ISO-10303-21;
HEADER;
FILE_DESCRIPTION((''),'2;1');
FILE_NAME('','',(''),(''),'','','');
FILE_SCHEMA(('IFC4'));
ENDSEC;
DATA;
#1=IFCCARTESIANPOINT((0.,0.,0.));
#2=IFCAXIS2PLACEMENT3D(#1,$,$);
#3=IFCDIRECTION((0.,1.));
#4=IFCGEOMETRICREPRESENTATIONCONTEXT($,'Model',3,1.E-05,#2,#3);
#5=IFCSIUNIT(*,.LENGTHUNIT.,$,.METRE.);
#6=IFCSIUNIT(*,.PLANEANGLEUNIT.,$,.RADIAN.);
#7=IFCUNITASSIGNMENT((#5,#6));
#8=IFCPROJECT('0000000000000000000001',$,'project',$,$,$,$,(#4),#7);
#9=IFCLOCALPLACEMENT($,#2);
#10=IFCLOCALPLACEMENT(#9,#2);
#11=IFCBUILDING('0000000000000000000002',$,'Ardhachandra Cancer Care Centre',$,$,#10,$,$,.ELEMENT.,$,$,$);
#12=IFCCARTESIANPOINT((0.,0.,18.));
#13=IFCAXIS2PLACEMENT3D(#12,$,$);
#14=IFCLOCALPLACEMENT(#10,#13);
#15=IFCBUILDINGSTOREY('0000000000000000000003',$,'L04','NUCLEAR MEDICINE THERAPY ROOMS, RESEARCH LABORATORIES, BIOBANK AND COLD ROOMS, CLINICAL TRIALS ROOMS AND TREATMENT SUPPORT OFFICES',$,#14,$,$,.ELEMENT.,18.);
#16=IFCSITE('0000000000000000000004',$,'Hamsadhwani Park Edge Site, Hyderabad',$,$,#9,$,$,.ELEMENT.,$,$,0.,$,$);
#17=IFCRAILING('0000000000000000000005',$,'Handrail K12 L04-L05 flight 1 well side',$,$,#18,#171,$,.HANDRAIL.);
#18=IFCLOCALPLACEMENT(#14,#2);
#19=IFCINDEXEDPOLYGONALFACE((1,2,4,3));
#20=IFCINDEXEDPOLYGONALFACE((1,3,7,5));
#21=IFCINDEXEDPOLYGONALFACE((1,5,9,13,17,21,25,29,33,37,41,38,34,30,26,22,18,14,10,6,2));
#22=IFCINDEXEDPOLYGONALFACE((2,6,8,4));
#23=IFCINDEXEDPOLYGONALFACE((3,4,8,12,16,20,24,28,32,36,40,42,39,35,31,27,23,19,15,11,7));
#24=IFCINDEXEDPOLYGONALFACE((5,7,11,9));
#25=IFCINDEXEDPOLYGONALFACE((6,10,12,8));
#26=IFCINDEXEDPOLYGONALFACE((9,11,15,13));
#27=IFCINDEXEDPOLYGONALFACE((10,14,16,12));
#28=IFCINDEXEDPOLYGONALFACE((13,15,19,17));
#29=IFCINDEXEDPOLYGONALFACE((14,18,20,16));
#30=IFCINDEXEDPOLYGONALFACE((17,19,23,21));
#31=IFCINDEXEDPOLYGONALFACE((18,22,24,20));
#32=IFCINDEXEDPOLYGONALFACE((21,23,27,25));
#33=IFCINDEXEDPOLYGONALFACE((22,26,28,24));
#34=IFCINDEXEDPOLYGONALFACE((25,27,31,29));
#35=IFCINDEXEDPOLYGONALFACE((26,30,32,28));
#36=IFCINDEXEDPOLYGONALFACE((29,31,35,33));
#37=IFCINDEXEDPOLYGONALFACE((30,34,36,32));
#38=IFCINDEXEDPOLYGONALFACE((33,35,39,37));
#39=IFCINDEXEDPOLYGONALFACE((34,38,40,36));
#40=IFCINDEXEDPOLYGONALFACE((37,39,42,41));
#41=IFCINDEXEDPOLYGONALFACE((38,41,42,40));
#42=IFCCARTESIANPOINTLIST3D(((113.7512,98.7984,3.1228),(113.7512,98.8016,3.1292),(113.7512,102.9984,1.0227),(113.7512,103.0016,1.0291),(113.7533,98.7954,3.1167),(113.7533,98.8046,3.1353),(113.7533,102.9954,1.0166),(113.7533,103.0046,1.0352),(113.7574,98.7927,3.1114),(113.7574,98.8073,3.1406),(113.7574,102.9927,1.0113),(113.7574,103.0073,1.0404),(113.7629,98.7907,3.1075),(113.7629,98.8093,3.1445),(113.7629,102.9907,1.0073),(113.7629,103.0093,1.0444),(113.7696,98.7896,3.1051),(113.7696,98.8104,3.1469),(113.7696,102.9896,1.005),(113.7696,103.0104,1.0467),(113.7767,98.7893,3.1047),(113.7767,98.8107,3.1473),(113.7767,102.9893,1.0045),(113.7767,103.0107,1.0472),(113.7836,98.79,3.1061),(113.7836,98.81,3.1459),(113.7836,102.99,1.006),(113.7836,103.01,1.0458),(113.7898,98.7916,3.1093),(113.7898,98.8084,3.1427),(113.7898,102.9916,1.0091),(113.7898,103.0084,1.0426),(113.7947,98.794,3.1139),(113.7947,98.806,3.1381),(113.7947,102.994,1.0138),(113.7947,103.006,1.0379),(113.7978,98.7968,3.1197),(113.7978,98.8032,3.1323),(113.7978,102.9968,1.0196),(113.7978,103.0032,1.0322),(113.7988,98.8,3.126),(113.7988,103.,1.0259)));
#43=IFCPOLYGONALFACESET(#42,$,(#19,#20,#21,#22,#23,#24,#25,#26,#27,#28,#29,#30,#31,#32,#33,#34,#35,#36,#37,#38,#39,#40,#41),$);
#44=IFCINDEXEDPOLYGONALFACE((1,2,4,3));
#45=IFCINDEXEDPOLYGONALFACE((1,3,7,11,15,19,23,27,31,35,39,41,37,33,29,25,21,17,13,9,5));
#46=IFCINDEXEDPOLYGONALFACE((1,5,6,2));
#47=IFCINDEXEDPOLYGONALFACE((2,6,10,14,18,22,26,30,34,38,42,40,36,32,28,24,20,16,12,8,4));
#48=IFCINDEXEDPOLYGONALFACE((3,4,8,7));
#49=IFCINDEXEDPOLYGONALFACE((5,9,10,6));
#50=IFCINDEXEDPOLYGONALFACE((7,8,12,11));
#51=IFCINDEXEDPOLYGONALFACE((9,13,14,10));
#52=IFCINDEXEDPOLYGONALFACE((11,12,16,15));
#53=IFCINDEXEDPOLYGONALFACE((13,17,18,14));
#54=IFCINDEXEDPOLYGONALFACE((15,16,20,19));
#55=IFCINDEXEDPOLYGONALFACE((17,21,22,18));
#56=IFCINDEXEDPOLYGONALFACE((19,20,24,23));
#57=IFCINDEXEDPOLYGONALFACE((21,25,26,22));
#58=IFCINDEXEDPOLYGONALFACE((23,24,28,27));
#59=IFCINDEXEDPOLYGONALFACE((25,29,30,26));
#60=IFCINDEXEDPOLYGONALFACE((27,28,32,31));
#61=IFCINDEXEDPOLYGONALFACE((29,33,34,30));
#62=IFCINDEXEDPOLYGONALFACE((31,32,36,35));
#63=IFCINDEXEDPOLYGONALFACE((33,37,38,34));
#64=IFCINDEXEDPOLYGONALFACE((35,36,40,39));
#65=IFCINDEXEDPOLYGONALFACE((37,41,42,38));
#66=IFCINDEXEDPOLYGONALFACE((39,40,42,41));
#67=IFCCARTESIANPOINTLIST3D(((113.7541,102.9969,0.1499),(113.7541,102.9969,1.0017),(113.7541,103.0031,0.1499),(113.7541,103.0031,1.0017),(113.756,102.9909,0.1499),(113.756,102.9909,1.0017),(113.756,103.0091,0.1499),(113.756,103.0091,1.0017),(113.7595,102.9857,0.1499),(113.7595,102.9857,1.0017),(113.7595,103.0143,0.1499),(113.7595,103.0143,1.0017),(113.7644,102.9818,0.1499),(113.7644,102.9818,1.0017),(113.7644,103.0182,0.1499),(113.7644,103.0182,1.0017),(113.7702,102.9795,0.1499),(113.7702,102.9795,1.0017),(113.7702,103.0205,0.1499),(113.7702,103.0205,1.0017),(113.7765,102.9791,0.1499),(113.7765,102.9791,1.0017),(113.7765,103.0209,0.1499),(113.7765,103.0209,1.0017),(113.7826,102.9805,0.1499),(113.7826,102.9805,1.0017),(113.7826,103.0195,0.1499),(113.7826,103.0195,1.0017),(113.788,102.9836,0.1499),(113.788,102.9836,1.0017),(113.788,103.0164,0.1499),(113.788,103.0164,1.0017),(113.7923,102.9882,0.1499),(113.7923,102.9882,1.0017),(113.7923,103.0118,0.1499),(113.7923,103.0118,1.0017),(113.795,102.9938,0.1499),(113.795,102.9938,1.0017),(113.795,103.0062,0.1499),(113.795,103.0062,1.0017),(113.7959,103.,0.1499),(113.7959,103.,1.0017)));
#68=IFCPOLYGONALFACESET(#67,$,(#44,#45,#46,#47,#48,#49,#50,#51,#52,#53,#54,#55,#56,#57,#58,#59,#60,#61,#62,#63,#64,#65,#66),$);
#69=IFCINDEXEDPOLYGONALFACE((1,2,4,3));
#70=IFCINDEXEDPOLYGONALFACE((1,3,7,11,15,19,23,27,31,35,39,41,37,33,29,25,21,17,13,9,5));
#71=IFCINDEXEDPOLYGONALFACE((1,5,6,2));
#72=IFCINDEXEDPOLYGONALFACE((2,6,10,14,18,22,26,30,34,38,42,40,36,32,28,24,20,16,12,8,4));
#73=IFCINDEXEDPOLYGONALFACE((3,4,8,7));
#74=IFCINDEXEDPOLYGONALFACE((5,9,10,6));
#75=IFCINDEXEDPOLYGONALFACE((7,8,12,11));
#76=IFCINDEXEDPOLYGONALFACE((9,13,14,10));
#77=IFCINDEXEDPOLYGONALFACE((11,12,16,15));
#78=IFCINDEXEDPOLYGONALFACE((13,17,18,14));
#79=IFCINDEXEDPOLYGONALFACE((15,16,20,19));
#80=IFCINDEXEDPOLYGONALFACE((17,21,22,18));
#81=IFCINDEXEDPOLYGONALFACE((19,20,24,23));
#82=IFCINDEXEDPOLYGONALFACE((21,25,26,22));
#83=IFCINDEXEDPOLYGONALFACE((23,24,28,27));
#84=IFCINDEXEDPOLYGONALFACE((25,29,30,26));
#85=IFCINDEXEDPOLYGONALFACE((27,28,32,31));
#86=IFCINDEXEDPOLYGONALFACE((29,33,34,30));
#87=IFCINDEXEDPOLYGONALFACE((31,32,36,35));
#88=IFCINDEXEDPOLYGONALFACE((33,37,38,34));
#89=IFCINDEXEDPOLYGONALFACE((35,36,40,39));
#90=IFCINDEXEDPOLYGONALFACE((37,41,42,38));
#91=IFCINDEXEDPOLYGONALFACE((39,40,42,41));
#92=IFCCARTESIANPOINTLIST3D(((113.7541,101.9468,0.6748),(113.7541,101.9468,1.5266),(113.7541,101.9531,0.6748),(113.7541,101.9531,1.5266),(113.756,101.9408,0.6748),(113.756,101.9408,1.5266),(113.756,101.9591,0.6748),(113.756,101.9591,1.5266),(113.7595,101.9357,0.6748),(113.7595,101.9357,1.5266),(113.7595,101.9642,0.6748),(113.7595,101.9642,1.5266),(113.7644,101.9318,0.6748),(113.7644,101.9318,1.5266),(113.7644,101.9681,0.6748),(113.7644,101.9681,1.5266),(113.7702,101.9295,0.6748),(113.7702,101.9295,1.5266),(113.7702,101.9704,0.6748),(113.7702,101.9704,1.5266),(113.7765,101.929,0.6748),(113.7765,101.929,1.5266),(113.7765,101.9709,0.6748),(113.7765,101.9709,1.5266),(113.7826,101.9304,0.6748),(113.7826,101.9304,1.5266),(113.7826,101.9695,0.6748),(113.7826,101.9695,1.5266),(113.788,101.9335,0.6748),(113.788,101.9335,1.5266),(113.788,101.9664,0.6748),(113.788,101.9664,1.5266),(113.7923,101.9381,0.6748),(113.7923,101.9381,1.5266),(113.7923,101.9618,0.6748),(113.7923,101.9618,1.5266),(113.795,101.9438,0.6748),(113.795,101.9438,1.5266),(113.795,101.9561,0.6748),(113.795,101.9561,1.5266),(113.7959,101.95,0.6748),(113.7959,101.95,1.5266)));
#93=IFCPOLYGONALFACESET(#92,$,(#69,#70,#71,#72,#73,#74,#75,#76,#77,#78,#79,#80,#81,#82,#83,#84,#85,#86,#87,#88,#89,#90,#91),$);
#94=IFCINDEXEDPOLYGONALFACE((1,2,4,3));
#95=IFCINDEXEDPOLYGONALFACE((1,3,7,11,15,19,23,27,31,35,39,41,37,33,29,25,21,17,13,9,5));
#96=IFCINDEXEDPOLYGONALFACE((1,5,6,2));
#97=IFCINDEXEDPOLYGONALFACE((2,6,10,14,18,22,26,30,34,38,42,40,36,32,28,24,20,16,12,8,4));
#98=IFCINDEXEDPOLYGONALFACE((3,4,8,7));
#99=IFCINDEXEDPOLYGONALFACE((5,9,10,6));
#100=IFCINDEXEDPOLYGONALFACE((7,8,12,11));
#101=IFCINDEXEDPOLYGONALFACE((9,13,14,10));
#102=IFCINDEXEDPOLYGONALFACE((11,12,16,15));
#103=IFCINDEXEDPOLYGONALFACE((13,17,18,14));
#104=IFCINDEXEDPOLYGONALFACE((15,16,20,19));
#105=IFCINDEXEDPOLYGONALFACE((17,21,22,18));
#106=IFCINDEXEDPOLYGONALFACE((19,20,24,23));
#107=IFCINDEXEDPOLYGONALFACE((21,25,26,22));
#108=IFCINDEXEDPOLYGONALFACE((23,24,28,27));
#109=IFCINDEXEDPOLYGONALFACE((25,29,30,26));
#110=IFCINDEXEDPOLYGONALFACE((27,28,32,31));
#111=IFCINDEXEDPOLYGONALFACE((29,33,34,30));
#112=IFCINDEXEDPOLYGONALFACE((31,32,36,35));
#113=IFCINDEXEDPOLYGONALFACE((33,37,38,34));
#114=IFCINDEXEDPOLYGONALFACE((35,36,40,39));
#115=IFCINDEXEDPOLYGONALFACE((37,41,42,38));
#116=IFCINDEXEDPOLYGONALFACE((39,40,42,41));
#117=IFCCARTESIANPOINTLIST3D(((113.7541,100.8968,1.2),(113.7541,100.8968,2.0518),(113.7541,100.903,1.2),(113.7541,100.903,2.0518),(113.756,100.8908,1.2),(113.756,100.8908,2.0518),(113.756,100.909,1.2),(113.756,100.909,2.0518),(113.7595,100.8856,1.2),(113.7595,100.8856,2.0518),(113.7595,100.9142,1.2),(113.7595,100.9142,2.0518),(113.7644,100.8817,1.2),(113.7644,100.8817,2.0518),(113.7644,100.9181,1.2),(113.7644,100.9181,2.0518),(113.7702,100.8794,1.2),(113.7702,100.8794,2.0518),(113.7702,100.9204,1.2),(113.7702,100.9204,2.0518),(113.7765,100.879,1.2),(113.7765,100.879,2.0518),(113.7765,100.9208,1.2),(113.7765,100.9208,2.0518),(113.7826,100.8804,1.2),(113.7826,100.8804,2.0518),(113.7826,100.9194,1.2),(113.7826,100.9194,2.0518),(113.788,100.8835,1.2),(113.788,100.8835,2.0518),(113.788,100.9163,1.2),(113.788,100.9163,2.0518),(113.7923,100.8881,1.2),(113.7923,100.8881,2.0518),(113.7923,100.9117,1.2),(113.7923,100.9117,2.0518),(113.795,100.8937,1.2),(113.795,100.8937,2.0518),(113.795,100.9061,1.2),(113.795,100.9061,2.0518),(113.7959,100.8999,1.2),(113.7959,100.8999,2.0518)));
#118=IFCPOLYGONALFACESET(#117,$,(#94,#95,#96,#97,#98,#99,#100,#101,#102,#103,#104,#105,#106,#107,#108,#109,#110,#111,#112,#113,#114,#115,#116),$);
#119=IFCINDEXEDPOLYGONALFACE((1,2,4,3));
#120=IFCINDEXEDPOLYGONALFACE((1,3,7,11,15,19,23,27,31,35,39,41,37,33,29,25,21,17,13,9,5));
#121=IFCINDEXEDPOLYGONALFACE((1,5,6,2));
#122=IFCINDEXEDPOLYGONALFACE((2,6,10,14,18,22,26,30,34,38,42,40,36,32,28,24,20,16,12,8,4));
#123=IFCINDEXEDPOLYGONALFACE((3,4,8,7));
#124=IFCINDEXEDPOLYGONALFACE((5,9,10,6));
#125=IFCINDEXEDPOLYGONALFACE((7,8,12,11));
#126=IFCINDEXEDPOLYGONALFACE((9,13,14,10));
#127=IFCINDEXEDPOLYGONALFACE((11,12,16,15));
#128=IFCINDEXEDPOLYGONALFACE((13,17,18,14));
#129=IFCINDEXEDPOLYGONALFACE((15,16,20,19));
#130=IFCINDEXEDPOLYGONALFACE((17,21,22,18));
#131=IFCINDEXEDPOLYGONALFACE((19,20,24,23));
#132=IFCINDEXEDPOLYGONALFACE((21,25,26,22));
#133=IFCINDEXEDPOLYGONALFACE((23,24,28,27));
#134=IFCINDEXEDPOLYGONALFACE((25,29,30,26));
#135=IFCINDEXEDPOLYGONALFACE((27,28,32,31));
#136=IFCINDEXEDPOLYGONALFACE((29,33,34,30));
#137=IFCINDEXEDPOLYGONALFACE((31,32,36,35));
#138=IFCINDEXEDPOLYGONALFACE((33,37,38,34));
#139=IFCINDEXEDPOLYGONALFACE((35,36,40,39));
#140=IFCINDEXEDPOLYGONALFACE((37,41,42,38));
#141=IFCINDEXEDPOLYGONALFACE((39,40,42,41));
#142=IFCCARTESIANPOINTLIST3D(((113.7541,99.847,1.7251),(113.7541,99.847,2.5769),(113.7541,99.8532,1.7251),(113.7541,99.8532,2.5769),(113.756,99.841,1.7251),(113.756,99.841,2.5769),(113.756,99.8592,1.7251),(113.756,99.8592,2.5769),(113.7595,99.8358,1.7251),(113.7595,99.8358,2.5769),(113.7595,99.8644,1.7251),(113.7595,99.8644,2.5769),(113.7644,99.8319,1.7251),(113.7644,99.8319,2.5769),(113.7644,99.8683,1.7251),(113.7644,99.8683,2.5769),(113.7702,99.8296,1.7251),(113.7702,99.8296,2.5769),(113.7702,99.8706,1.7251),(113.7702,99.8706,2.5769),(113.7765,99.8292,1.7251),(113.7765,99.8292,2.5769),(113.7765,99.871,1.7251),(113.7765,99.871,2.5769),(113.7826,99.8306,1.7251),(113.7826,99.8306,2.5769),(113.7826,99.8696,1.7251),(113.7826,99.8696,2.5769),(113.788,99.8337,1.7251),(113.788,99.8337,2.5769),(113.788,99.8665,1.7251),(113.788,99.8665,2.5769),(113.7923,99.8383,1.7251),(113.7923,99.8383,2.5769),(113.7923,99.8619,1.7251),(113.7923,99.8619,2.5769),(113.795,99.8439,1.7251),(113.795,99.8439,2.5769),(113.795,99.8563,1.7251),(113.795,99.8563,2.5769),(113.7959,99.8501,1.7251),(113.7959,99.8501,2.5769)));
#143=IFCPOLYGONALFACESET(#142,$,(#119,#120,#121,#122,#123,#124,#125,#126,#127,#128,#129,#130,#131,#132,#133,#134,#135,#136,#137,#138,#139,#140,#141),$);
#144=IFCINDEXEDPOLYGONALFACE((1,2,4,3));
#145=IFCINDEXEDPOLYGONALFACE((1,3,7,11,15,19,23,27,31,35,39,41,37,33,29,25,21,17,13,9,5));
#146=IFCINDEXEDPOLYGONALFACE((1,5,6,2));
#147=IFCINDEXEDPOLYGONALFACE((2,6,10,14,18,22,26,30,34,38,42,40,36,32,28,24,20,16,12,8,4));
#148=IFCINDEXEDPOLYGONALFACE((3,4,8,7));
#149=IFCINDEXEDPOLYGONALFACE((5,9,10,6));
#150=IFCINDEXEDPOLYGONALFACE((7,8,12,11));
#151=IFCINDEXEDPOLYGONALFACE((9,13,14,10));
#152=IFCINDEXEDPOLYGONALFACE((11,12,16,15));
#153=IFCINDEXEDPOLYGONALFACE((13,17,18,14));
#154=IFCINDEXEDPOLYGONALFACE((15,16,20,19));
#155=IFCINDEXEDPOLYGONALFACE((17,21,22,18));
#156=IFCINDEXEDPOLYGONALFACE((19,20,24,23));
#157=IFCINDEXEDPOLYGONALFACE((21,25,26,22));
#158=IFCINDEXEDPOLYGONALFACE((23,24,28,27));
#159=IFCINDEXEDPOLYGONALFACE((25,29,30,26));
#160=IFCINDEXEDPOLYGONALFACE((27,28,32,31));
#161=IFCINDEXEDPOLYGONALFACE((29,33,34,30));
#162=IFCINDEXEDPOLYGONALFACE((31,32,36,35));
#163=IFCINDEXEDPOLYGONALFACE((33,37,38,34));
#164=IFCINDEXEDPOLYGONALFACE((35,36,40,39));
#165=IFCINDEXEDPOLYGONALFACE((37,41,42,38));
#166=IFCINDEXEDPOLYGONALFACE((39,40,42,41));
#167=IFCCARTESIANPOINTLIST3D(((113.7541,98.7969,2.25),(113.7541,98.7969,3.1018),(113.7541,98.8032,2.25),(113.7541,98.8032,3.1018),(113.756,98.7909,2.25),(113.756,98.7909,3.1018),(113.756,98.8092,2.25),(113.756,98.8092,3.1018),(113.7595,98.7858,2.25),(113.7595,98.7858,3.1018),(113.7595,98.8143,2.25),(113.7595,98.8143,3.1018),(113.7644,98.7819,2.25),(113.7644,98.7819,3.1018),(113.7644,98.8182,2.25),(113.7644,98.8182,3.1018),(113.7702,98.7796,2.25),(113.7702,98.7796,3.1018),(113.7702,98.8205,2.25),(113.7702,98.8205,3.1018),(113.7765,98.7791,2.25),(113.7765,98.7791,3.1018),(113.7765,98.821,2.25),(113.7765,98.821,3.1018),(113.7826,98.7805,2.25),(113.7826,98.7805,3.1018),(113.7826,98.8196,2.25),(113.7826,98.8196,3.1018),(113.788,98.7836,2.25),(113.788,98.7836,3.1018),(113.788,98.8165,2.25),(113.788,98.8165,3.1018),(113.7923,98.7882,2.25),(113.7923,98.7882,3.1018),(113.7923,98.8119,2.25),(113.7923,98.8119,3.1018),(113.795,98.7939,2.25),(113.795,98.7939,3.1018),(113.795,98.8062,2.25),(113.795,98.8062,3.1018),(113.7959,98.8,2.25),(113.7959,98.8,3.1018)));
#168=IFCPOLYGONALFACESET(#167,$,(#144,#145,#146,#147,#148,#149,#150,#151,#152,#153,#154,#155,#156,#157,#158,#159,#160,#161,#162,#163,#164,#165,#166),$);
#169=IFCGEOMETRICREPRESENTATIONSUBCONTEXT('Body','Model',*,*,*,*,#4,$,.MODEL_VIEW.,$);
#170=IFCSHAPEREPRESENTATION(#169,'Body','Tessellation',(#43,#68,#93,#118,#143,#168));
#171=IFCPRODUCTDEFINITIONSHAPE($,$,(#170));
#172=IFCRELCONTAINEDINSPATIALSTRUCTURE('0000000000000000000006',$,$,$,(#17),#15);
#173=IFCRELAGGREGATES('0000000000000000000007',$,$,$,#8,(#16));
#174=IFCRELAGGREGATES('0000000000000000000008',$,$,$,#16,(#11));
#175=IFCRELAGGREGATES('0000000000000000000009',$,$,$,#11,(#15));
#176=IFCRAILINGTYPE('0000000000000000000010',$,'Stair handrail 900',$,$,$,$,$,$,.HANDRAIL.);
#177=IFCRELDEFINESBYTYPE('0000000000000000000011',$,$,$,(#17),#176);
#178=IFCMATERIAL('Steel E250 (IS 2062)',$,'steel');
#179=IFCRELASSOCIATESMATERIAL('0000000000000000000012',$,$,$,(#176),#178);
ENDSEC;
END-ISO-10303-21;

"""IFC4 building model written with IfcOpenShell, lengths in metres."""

from ifc_helpers import new_model, si_unit, direction, frame, origin, origin_2d, place, context, subcontext, project, spatial, circle, extrude, material, type_object, element, save


model = new_model("IFC4")

# Units and contexts
model_context = context("Model", 3, precision=1e-05, world=origin(), true_north=direction((0.0, 1.0)))
body_context = subcontext(model_context, "Body", "Model", "MODEL_VIEW")
ifc_project = project(units=[si_unit("LENGTHUNIT", "METRE"), si_unit("PLANEANGLEUNIT", "RADIAN")], contexts=[model_context])

# Site, building, storey
site_placement = place(None, origin())
site = spatial("IfcSite", under=ifc_project, at=site_placement, Name="Hamsadhwani Park Edge Site, Hyderabad", CompositionType="ELEMENT", RefElevation=0.0)
building_placement = place(site_placement, origin())
building = spatial("IfcBuilding", under=site, at=building_placement, Name="Ardhachandra Cancer Care Centre", CompositionType="ELEMENT")
storey_placement = place(building_placement, frame((0.0, 0.0, 18.0)))
storey = spatial("IfcBuildingStorey", under=building, at=storey_placement, Name="L04", Description="NUCLEAR MEDICINE THERAPY ROOMS, RESEARCH LABORATORIES, BIOBANK AND COLD ROOMS, CLINICAL TRIALS ROOMS AND TREATMENT SUPPORT OFFICES", CompositionType="ELEMENT", Elevation=18.0)

# Railing
ifc_material_1 = material(Name="Steel E250 (IS 2062)", Category="steel")
railing_type_1 = type_object("IfcRailingType", Name="Stair handrail 900", PredefinedType="HANDRAIL", material=ifc_material_1)
for number, where, name in (
    (1, (113.7749, 103.0, 0.1499), "Handrail K12 L04-L05 flight 1 well side"),
):
    element("IfcRailing", number, at=place(storey_placement, frame(where)), inside=storey, type_object=railing_type_1, Name=name, PredefinedType="HANDRAIL", context=body_context, shape_type="SweptSolid", body=[
        extrude(circle(Radius=0.0239, at=origin_2d()), frame((0.0, 0.0, 0.876), z_axis=(0.0, -0.894417, 0.447234), x_axis=(1.0, 0.0, 0.0)), (0.0, 0.0, 1.0), 4.6958),
        extrude(circle(Radius=0.021, at=origin_2d()), origin(), (0.0, 0.0, 1.0), 0.8518),
        extrude(circle(Radius=0.021, at=origin_2d()), frame((0.0, -1.05, 0.5249)), (0.0, 0.0, 1.0), 0.8518),
        extrude(circle(Radius=0.021, at=origin_2d()), frame((0.0, -2.1001, 1.05)), (0.0, 0.0, 1.0), 0.8518),
        extrude(circle(Radius=0.021, at=origin_2d()), frame((0.0, -3.1499, 1.5752)), (0.0, 0.0, 1.0), 0.8518),
        extrude(circle(Radius=0.021, at=origin_2d()), frame((0.0, -4.2, 2.1001)), (0.0, 0.0, 1.0), 0.8518),
    ])

save(model, "model.ifc")
